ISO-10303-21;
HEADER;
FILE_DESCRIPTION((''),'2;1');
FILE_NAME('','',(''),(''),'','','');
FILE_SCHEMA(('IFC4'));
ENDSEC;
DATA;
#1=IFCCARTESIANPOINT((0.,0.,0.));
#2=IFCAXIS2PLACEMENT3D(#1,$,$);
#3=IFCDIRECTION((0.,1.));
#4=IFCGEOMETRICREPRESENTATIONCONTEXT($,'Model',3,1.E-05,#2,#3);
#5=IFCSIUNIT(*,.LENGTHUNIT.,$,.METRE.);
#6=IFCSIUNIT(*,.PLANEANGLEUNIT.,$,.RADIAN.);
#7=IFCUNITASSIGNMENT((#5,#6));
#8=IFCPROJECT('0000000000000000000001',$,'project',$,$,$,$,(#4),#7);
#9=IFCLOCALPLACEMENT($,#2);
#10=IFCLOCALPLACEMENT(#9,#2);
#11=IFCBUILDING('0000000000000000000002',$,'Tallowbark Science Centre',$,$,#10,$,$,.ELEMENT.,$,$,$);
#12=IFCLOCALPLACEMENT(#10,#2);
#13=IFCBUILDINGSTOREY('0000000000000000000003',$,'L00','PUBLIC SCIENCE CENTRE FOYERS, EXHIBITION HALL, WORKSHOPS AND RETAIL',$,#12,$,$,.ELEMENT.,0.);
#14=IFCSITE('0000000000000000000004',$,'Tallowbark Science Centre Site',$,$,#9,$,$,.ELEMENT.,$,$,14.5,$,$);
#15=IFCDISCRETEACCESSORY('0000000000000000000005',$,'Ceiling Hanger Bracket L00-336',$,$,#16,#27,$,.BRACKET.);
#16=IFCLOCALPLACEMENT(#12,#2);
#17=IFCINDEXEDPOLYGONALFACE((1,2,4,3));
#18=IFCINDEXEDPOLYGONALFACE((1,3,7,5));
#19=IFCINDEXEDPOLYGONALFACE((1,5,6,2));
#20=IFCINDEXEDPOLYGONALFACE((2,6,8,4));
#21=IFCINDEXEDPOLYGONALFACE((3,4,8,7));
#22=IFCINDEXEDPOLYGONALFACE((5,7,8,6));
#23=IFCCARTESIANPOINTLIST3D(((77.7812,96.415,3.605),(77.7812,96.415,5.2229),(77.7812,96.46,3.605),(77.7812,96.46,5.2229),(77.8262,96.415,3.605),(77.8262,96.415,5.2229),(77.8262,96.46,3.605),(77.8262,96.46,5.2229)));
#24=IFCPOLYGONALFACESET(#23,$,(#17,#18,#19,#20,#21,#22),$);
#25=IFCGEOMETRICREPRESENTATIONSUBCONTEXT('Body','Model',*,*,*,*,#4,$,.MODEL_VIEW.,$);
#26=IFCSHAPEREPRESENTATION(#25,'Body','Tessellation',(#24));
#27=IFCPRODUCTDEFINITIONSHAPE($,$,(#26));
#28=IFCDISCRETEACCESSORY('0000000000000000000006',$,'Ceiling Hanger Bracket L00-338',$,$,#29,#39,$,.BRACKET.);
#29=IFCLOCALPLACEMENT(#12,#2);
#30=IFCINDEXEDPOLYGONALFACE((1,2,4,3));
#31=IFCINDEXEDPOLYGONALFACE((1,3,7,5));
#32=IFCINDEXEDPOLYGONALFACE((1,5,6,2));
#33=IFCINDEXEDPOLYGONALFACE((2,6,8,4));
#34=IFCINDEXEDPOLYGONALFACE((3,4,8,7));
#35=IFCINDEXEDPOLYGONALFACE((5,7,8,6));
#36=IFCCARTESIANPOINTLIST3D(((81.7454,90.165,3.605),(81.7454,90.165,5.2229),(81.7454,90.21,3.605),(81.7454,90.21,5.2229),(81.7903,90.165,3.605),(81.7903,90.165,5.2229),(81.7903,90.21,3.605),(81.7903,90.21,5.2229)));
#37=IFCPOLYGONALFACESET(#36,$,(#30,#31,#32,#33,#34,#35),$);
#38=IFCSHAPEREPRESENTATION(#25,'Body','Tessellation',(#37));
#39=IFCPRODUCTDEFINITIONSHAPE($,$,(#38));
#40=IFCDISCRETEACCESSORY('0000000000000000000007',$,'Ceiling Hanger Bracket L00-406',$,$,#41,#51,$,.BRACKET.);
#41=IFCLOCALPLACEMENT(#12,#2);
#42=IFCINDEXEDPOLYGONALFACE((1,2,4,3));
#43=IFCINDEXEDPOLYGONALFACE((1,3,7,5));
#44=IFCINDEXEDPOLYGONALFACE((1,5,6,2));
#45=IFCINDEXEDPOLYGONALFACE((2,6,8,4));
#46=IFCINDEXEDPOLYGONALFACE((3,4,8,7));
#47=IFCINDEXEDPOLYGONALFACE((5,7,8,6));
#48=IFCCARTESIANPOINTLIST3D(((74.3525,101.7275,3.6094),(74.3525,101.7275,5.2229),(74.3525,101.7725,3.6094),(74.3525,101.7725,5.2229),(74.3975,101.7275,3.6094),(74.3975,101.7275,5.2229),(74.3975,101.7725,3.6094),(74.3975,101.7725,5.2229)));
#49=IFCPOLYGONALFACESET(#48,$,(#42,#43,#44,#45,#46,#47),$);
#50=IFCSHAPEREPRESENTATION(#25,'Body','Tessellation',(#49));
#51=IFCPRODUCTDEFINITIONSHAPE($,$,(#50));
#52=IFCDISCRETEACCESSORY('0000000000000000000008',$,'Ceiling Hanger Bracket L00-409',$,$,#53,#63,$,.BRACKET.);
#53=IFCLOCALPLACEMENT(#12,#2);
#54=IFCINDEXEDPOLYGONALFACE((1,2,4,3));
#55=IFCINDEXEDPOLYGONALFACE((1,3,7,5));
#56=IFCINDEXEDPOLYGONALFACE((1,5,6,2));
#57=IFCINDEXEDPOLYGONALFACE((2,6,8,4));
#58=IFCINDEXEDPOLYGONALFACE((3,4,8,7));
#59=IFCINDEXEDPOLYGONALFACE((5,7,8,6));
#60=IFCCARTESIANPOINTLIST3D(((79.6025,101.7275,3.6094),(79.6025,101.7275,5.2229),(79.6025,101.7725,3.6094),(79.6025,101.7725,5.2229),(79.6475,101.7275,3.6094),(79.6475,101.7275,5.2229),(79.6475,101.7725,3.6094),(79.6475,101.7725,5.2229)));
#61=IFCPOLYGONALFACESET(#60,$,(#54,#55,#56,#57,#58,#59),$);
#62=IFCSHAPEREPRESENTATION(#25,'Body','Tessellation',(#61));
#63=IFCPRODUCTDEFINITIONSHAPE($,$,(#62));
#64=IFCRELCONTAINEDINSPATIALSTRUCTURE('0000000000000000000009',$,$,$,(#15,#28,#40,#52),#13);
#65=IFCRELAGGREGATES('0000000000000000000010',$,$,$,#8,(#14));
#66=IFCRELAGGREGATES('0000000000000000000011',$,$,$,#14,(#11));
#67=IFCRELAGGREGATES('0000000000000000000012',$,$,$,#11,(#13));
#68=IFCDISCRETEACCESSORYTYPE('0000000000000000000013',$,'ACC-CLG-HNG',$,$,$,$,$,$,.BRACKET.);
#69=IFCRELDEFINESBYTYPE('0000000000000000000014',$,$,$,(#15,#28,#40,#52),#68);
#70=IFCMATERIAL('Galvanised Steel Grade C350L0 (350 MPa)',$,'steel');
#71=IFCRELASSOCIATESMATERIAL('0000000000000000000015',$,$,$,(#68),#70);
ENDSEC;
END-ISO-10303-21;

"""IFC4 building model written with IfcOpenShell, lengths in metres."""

from ifc_helpers import new_model, si_unit, direction, frame, origin, origin_2d, place, context, subcontext, project, spatial, rectangle, extrude, material, type_object, element, save


model = new_model("IFC4")

# Units and contexts
model_context = context("Model", 3, precision=1e-05, world=origin(), true_north=direction((0.0, 1.0)))
body_context = subcontext(model_context, "Body", "Model", "MODEL_VIEW")
ifc_project = project(units=[si_unit("LENGTHUNIT", "METRE"), si_unit("PLANEANGLEUNIT", "RADIAN")], contexts=[model_context])

# Site, building, storey
site_placement = place(None, origin())
site = spatial("IfcSite", under=ifc_project, at=site_placement, Name="Tallowbark Science Centre Site", CompositionType="ELEMENT", RefElevation=14.5)
building_placement = place(site_placement, origin())
building = spatial("IfcBuilding", under=site, at=building_placement, Name="Tallowbark Science Centre", CompositionType="ELEMENT")
storey_placement = place(building_placement, origin())
storey = spatial("IfcBuildingStorey", under=building, at=storey_placement, Name="L00", Description="PUBLIC SCIENCE CENTRE FOYERS, EXHIBITION HALL, WORKSHOPS AND RETAIL", CompositionType="ELEMENT", Elevation=0.0)

# Discrete accessories
ifc_material_1 = material(Name="Galvanised Steel Grade C350L0 (350 MPa)", Category="steel")
discrete_accessory_type = type_object("IfcDiscreteAccessoryType", Name="ACC-CLG-HNG", PredefinedType="BRACKET", material=ifc_material_1)
for number, where, z_axis, x_axis, name in (
    (1, (77.8037, 96.4375, 3.605), (0.0, 0.0, 1.0), (1.0, 0.0, 0.0), "Ceiling Hanger Bracket L00-336"),
    (2, (81.7678, 90.1875, 3.605), (0.0, 0.0, 1.0), (1.0, 0.0, 0.0), "Ceiling Hanger Bracket L00-338"),
):
    element("IfcDiscreteAccessory", number, at=place(storey_placement, frame(where, z_axis=z_axis, x_axis=x_axis)), inside=storey, type_object=discrete_accessory_type, Name=name, PredefinedType="BRACKET", context=body_context, shape_type="SweptSolid", body=[
        extrude(rectangle(XDim=0.0449, YDim=0.0449, at=origin_2d()), origin(), (0.0, 0.0, 1.0), 1.6179),
    ])
for number, where, z_axis, x_axis, name in (
    (3, (74.375, 101.75, 3.6094), (0.0, 0.0, 1.0), (1.0, 0.0, 0.0), "Ceiling Hanger Bracket L00-406"),
    (4, (79.625, 101.75, 3.6094), (0.0, 0.0, 1.0), (1.0, 0.0, 0.0), "Ceiling Hanger Bracket L00-409"),
):
    element("IfcDiscreteAccessory", number, at=place(storey_placement, frame(where, z_axis=z_axis, x_axis=x_axis)), inside=storey, type_object=discrete_accessory_type, Name=name, PredefinedType="BRACKET", context=body_context, shape_type="SweptSolid", body=[
        extrude(rectangle(XDim=0.0449, YDim=0.0449, at=origin_2d()), origin(), (0.0, 0.0, 1.0), 1.6135),
    ])

save(model, "model.ifc")
